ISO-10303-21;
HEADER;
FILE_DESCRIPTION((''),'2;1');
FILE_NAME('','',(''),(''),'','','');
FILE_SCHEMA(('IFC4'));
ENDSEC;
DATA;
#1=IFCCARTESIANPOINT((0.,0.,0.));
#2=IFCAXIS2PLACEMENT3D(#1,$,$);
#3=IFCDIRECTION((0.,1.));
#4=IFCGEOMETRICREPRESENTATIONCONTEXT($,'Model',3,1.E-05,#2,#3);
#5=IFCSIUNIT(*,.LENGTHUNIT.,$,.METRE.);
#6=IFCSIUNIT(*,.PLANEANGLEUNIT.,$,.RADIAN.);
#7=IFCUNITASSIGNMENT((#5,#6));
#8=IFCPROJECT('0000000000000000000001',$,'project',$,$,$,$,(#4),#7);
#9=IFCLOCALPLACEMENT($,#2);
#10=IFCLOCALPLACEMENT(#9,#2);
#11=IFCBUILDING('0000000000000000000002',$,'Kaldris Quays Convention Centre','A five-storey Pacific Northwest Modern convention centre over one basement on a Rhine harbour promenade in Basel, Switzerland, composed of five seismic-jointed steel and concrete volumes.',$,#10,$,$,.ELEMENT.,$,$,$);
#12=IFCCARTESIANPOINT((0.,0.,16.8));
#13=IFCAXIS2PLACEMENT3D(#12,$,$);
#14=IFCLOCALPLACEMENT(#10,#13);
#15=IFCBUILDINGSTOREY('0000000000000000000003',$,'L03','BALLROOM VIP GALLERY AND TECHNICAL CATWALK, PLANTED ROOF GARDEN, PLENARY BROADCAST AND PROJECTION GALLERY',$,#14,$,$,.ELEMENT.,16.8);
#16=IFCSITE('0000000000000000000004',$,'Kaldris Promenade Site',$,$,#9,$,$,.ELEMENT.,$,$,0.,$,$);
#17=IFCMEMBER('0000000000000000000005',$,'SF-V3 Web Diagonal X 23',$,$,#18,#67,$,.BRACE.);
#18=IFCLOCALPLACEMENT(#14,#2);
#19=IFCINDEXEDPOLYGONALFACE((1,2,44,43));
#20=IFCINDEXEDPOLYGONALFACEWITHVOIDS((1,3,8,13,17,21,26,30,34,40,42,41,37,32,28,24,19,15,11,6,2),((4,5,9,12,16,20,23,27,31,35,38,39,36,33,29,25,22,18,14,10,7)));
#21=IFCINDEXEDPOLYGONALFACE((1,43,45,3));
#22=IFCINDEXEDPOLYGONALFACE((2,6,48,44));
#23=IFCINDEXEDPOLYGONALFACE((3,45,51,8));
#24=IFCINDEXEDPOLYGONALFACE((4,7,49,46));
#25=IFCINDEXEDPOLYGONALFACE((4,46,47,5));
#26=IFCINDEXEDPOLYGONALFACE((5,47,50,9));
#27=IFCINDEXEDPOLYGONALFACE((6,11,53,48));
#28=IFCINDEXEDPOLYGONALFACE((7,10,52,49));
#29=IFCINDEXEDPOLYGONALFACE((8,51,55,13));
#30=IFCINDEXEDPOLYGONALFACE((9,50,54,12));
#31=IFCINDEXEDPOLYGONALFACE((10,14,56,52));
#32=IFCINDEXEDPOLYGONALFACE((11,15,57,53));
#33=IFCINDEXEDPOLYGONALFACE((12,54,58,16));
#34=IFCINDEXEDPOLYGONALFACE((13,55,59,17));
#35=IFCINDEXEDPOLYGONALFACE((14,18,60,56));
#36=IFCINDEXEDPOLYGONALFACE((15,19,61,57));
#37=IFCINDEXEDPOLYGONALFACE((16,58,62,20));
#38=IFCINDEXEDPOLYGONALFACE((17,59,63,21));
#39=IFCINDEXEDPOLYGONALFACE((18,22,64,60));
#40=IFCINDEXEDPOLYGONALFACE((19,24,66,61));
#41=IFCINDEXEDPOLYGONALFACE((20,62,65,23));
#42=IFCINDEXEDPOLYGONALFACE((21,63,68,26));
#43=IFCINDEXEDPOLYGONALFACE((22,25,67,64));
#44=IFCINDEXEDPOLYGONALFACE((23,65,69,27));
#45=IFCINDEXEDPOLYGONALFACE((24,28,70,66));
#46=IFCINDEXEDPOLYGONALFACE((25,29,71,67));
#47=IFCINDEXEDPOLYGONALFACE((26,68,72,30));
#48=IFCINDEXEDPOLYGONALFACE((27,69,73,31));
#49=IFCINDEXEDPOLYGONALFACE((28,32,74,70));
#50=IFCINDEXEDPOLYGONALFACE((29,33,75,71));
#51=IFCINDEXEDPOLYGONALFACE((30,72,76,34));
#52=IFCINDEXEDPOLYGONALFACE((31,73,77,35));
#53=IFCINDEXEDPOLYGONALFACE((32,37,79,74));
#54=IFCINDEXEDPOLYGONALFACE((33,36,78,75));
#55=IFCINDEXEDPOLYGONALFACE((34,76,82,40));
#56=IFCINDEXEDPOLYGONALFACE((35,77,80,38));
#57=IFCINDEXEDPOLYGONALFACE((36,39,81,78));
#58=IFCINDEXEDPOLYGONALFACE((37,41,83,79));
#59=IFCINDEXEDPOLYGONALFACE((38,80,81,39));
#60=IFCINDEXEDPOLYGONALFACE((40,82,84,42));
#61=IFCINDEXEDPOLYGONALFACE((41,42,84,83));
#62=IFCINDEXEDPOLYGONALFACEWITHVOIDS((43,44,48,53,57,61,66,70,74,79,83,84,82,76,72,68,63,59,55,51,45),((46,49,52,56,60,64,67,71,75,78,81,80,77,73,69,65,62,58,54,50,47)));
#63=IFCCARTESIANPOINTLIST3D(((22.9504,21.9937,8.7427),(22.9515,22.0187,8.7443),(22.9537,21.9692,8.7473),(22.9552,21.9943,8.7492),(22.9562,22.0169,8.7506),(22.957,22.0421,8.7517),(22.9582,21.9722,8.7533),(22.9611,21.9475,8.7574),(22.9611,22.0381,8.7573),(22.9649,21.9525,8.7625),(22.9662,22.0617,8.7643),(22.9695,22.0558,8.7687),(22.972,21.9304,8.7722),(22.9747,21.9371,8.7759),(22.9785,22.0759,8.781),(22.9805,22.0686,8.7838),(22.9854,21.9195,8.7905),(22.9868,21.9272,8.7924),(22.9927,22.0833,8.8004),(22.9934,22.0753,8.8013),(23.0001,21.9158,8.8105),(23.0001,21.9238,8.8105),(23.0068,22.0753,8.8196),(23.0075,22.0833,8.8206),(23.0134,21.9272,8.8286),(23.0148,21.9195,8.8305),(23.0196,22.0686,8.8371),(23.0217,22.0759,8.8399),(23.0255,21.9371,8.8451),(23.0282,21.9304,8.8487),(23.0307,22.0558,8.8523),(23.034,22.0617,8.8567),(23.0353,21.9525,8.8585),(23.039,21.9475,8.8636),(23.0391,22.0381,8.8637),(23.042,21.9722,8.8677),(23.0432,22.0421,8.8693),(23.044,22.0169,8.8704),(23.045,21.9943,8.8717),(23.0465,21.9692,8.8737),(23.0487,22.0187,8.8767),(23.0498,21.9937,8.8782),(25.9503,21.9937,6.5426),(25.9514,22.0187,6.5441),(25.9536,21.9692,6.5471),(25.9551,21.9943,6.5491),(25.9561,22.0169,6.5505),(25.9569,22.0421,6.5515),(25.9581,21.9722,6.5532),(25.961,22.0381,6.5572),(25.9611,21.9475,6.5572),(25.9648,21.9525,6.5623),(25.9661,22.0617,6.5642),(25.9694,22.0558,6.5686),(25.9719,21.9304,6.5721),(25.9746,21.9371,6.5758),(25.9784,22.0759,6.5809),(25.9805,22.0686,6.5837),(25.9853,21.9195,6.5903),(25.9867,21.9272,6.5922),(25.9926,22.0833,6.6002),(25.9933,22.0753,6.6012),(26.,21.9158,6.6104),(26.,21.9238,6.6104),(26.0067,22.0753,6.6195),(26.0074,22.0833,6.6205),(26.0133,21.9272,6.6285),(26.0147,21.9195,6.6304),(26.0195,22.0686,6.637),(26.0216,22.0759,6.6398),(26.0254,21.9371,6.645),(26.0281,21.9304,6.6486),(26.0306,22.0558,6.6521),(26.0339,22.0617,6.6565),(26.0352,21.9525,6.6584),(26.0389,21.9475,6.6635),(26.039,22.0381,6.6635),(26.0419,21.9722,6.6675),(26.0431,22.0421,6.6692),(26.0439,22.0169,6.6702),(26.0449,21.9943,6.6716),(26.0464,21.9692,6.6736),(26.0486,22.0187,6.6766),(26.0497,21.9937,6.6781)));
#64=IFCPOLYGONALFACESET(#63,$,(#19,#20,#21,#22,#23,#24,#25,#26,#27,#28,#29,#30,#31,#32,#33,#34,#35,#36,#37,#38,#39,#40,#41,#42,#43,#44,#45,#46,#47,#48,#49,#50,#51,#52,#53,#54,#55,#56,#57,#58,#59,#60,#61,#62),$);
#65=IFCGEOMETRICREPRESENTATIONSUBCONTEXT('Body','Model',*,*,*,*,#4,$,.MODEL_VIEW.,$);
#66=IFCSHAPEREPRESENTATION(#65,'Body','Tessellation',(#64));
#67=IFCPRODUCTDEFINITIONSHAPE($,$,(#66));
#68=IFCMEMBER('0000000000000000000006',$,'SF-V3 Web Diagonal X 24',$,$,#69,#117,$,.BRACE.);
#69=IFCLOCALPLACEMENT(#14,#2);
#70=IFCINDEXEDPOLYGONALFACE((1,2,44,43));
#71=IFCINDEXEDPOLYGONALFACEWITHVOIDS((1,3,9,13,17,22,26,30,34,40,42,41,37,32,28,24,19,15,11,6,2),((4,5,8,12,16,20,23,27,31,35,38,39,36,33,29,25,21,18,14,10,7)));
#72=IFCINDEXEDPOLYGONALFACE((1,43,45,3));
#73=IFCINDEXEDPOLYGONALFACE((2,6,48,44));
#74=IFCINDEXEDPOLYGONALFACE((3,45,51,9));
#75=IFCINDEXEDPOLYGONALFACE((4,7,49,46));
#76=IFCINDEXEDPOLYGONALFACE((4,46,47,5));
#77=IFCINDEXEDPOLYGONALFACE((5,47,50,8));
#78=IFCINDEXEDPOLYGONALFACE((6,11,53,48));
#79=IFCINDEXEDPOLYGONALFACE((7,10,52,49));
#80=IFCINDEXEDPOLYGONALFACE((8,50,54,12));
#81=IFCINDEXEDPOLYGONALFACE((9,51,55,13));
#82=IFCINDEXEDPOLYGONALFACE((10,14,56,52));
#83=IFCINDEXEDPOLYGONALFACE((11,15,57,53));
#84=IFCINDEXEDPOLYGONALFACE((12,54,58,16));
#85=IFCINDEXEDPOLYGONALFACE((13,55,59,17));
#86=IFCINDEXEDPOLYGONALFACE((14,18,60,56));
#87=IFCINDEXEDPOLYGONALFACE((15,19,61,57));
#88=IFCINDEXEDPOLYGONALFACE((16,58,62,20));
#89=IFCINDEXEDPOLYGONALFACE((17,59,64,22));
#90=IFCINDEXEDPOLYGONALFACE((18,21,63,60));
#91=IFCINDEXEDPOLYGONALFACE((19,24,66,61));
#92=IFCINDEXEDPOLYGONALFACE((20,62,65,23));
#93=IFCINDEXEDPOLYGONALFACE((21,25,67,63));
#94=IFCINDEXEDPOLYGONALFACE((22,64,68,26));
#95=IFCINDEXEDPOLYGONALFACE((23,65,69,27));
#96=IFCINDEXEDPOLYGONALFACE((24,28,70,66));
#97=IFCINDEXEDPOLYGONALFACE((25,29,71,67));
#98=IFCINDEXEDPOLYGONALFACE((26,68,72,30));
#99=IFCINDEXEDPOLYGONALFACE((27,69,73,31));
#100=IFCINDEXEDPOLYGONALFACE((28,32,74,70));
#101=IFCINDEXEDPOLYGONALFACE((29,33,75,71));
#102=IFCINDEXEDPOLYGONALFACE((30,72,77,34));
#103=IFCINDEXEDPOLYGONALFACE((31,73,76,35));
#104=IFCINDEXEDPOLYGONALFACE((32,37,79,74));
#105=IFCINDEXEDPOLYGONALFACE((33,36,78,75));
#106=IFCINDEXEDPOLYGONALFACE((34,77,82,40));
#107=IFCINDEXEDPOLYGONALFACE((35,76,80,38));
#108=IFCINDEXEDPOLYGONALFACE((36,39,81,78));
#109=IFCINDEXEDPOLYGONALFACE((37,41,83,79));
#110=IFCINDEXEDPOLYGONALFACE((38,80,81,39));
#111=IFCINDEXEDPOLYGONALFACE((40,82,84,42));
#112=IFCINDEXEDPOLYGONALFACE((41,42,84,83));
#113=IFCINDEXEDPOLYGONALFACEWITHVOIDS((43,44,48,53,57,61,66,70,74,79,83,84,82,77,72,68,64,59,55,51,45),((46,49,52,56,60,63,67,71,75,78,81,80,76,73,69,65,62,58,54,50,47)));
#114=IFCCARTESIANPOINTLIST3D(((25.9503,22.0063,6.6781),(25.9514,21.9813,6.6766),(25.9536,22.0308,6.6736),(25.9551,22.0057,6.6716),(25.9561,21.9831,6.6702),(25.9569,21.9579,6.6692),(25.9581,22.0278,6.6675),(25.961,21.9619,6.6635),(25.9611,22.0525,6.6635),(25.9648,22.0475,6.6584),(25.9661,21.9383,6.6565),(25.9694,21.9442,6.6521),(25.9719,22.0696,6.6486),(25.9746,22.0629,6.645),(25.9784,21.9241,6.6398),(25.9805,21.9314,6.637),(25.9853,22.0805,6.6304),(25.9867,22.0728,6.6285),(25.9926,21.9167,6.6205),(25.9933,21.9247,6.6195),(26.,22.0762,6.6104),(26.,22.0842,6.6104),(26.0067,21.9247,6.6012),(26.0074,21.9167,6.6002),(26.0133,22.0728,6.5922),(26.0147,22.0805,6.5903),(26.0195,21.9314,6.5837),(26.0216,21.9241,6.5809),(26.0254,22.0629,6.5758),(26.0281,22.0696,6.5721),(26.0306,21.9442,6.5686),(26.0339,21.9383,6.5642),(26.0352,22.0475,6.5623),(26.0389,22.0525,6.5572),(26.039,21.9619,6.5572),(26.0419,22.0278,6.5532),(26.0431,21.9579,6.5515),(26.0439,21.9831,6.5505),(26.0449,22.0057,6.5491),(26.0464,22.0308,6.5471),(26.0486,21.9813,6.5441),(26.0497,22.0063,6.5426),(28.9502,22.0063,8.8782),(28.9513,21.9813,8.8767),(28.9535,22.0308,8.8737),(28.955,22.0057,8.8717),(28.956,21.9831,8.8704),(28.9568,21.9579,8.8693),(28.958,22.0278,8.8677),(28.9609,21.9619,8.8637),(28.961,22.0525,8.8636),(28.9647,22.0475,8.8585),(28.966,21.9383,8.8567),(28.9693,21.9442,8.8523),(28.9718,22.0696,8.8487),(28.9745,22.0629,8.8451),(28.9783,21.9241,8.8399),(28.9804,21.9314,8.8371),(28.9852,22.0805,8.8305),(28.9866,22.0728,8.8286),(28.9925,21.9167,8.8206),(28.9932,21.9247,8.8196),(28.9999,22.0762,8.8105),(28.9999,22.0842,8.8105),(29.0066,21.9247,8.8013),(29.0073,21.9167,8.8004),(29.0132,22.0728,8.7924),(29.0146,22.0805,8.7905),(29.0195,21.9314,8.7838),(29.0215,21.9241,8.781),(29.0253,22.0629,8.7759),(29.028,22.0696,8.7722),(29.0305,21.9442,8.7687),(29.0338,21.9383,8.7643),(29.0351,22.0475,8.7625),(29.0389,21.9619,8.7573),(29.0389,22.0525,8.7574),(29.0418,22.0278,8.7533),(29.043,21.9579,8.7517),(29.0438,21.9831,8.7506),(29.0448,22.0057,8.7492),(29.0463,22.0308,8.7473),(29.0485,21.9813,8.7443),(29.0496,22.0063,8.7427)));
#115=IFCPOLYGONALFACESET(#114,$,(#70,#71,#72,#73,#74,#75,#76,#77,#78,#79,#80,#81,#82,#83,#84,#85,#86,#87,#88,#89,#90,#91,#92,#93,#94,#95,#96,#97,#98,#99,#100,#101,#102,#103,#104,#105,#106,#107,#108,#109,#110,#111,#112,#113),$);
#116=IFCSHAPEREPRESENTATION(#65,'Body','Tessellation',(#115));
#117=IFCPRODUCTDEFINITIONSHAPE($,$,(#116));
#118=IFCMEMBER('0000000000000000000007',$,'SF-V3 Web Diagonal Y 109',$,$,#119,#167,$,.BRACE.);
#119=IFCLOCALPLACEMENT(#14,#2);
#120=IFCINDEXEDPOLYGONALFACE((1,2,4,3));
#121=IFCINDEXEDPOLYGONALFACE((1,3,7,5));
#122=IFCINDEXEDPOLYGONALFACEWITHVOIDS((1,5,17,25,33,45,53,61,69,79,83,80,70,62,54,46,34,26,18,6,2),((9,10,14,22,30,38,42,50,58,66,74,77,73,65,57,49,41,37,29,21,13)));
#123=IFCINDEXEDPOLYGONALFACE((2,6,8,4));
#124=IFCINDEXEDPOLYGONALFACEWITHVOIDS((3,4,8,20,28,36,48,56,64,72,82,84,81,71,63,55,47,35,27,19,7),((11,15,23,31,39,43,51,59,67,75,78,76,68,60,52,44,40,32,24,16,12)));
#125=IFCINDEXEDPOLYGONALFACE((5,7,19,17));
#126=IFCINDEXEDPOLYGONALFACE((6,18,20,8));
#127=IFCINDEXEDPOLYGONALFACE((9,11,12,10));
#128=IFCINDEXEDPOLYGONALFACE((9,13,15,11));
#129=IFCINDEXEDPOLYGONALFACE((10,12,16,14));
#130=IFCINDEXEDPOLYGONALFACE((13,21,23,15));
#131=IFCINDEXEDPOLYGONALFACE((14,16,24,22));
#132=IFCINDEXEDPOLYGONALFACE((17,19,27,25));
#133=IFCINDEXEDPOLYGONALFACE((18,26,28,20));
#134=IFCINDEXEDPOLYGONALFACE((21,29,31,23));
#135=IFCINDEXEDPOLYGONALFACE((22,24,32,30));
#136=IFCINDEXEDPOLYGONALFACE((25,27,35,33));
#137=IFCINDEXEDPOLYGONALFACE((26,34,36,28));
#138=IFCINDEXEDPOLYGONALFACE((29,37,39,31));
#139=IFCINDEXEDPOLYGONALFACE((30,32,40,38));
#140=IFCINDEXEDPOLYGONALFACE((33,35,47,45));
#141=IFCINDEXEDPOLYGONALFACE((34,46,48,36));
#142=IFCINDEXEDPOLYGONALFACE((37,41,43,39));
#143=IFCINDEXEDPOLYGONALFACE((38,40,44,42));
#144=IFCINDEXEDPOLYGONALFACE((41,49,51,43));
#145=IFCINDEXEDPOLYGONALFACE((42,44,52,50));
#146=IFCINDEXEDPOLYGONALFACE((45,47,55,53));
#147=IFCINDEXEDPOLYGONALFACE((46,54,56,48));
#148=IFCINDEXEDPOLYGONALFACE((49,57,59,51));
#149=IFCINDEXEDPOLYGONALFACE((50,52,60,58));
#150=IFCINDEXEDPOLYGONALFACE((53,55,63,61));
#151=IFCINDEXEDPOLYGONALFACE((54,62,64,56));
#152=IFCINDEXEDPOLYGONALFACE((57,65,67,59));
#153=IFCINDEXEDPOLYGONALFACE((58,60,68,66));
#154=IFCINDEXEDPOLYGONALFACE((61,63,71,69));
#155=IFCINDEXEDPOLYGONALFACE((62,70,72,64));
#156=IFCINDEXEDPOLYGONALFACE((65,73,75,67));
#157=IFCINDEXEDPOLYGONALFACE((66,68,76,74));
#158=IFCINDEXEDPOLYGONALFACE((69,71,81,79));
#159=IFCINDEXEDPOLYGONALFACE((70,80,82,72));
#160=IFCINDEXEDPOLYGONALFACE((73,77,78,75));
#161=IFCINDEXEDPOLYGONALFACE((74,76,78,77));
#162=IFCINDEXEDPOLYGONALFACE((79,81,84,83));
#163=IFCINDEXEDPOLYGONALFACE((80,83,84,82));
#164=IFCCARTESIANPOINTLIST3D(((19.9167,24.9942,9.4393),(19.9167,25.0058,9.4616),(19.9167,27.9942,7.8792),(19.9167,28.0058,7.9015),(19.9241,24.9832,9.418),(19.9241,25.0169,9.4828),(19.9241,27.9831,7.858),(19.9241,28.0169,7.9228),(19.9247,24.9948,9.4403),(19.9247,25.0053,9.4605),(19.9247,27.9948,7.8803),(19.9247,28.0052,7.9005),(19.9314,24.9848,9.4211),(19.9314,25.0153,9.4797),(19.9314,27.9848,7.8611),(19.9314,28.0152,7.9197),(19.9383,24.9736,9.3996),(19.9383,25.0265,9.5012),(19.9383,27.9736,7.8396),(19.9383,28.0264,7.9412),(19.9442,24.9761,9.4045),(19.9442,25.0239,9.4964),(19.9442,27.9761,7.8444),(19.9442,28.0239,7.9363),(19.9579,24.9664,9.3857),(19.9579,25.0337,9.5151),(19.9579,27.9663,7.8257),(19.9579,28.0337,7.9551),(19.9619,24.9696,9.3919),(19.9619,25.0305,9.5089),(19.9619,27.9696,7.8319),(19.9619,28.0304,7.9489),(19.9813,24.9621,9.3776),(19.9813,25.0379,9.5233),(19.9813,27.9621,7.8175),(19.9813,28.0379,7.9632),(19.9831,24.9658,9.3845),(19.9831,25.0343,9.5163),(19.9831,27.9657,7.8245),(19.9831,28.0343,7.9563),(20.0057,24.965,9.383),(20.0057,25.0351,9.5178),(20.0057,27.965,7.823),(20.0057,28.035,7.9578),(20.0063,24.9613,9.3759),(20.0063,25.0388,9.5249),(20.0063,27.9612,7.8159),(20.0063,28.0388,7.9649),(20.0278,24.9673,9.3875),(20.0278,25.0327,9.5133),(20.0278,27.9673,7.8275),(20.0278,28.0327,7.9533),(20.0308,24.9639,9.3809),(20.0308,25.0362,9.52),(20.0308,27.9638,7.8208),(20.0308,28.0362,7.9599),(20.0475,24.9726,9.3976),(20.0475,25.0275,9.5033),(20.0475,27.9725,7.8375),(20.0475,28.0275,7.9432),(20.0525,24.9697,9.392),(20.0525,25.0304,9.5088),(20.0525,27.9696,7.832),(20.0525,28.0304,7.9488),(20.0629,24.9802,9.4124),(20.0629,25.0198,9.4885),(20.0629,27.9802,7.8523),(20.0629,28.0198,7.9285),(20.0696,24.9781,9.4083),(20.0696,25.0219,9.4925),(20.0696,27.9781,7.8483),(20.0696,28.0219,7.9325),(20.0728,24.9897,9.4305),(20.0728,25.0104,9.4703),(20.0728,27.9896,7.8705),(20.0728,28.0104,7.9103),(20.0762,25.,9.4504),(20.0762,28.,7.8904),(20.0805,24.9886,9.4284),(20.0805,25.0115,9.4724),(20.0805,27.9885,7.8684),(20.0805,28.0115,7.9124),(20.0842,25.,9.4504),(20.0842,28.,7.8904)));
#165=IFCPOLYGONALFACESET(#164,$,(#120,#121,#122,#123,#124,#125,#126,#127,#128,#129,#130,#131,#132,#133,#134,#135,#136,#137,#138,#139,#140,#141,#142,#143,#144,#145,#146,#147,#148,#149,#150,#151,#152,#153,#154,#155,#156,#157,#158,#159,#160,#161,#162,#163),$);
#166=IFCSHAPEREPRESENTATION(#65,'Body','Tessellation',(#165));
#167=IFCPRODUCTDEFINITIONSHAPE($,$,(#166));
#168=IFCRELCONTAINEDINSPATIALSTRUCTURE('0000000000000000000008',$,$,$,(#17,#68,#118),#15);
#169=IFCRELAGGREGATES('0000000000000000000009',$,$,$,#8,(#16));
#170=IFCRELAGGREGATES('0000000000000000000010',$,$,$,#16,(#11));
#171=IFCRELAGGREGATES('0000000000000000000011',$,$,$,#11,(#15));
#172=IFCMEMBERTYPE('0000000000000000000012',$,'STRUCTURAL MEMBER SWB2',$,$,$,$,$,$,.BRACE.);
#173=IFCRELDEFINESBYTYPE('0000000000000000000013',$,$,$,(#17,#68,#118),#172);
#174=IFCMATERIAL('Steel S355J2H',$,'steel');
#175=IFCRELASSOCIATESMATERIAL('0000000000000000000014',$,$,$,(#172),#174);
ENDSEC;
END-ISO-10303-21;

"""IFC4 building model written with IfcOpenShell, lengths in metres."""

from ifc_helpers import new_model, si_unit, direction, frame, origin, origin_2d, place, context, subcontext, project, spatial, hollow_circle, extrude, material, material_profile, profile_set, type_object, element, save


model = new_model("IFC4")

# Units and contexts
model_context = context("Model", 3, precision=1e-05, world=origin(), true_north=direction((0.0, 1.0)))
body_context = subcontext(model_context, "Body", "Model", "MODEL_VIEW")
ifc_project = project(units=[si_unit("LENGTHUNIT", "METRE"), si_unit("PLANEANGLEUNIT", "RADIAN")], contexts=[model_context])

# Site, building, storey
site_placement = place(None, origin())
site = spatial("IfcSite", under=ifc_project, at=site_placement, Name="Kaldris Promenade Site", CompositionType="ELEMENT", RefElevation=0.0)
building_placement = place(site_placement, origin())
building = spatial("IfcBuilding", under=site, at=building_placement, Name="Kaldris Quays Convention Centre", Description="A five-storey Pacific Northwest Modern convention centre over one basement on a Rhine harbour promenade in Basel, Switzerland, composed of five seismic-jointed steel and concrete volumes.", CompositionType="ELEMENT")
storey_placement = place(building_placement, frame((0.0, 0.0, 16.8)))
storey = spatial("IfcBuildingStorey", under=building, at=storey_placement, Name="L03", Description="BALLROOM VIP GALLERY AND TECHNICAL CATWALK, PLANTED ROOF GARDEN, PLENARY BROADCAST AND PROJECTION GALLERY", CompositionType="ELEMENT", Elevation=16.8)

# Members
ifc_material_1 = material(Name="Steel S355J2H", Category="steel")
ifc_material_profile_1 = material_profile(ifc_material_1, hollow_circle(Radius=0.0842, WallThickness=0.0081, at=origin_2d()), Name="CHS 168.3x8")
ifc_profile_set_1 = profile_set([ifc_material_profile_1], Name="Steel S355J2H")
member_type_1 = type_object("IfcMemberType", Name="STRUCTURAL MEMBER SWB2", PredefinedType="BRACE", material=ifc_profile_set_1)
for number, where, z_axis, x_axis, name in (
    (1, (26.0, 22.0, 6.6104), (-0.80638, 0.0, 0.591398), (0.0, -1.0, 0.0), "SF-V3 Web Diagonal X 23"),
    (2, (26.0, 22.0, 6.6104), (0.80638, 0.0, 0.591398), (0.0, 1.0, 0.0), "SF-V3 Web Diagonal X 24"),
):
    element("IfcMember", number, at=place(storey_placement, frame(where, z_axis=z_axis, x_axis=x_axis)), inside=storey, type_object=member_type_1, Name=name, PredefinedType="BRACE", context=body_context, shape_type="SweptSolid", body=[
        extrude(hollow_circle(Radius=0.0842, WallThickness=0.0081, at=origin_2d()), origin(), (0.0, 0.0, 1.0), 3.7202),
    ])
member_1_placement = place(storey_placement, frame((20.0, 28.0, 7.8904), z_axis=(0.0, -0.88721, 0.461366), x_axis=(1.0, 0.0, 0.0)))
element("IfcMember", 3, at=member_1_placement, inside=storey, type_object=member_type_1, Name="SF-V3 Web Diagonal Y 109", PredefinedType="BRACE", context=body_context, shape_type="SweptSolid", body=[
    extrude(hollow_circle(Radius=0.0842, WallThickness=0.0081, at=origin_2d()), origin(), (0.0, 0.0, 1.0), 3.3813),
])

save(model, "model.ifc")
